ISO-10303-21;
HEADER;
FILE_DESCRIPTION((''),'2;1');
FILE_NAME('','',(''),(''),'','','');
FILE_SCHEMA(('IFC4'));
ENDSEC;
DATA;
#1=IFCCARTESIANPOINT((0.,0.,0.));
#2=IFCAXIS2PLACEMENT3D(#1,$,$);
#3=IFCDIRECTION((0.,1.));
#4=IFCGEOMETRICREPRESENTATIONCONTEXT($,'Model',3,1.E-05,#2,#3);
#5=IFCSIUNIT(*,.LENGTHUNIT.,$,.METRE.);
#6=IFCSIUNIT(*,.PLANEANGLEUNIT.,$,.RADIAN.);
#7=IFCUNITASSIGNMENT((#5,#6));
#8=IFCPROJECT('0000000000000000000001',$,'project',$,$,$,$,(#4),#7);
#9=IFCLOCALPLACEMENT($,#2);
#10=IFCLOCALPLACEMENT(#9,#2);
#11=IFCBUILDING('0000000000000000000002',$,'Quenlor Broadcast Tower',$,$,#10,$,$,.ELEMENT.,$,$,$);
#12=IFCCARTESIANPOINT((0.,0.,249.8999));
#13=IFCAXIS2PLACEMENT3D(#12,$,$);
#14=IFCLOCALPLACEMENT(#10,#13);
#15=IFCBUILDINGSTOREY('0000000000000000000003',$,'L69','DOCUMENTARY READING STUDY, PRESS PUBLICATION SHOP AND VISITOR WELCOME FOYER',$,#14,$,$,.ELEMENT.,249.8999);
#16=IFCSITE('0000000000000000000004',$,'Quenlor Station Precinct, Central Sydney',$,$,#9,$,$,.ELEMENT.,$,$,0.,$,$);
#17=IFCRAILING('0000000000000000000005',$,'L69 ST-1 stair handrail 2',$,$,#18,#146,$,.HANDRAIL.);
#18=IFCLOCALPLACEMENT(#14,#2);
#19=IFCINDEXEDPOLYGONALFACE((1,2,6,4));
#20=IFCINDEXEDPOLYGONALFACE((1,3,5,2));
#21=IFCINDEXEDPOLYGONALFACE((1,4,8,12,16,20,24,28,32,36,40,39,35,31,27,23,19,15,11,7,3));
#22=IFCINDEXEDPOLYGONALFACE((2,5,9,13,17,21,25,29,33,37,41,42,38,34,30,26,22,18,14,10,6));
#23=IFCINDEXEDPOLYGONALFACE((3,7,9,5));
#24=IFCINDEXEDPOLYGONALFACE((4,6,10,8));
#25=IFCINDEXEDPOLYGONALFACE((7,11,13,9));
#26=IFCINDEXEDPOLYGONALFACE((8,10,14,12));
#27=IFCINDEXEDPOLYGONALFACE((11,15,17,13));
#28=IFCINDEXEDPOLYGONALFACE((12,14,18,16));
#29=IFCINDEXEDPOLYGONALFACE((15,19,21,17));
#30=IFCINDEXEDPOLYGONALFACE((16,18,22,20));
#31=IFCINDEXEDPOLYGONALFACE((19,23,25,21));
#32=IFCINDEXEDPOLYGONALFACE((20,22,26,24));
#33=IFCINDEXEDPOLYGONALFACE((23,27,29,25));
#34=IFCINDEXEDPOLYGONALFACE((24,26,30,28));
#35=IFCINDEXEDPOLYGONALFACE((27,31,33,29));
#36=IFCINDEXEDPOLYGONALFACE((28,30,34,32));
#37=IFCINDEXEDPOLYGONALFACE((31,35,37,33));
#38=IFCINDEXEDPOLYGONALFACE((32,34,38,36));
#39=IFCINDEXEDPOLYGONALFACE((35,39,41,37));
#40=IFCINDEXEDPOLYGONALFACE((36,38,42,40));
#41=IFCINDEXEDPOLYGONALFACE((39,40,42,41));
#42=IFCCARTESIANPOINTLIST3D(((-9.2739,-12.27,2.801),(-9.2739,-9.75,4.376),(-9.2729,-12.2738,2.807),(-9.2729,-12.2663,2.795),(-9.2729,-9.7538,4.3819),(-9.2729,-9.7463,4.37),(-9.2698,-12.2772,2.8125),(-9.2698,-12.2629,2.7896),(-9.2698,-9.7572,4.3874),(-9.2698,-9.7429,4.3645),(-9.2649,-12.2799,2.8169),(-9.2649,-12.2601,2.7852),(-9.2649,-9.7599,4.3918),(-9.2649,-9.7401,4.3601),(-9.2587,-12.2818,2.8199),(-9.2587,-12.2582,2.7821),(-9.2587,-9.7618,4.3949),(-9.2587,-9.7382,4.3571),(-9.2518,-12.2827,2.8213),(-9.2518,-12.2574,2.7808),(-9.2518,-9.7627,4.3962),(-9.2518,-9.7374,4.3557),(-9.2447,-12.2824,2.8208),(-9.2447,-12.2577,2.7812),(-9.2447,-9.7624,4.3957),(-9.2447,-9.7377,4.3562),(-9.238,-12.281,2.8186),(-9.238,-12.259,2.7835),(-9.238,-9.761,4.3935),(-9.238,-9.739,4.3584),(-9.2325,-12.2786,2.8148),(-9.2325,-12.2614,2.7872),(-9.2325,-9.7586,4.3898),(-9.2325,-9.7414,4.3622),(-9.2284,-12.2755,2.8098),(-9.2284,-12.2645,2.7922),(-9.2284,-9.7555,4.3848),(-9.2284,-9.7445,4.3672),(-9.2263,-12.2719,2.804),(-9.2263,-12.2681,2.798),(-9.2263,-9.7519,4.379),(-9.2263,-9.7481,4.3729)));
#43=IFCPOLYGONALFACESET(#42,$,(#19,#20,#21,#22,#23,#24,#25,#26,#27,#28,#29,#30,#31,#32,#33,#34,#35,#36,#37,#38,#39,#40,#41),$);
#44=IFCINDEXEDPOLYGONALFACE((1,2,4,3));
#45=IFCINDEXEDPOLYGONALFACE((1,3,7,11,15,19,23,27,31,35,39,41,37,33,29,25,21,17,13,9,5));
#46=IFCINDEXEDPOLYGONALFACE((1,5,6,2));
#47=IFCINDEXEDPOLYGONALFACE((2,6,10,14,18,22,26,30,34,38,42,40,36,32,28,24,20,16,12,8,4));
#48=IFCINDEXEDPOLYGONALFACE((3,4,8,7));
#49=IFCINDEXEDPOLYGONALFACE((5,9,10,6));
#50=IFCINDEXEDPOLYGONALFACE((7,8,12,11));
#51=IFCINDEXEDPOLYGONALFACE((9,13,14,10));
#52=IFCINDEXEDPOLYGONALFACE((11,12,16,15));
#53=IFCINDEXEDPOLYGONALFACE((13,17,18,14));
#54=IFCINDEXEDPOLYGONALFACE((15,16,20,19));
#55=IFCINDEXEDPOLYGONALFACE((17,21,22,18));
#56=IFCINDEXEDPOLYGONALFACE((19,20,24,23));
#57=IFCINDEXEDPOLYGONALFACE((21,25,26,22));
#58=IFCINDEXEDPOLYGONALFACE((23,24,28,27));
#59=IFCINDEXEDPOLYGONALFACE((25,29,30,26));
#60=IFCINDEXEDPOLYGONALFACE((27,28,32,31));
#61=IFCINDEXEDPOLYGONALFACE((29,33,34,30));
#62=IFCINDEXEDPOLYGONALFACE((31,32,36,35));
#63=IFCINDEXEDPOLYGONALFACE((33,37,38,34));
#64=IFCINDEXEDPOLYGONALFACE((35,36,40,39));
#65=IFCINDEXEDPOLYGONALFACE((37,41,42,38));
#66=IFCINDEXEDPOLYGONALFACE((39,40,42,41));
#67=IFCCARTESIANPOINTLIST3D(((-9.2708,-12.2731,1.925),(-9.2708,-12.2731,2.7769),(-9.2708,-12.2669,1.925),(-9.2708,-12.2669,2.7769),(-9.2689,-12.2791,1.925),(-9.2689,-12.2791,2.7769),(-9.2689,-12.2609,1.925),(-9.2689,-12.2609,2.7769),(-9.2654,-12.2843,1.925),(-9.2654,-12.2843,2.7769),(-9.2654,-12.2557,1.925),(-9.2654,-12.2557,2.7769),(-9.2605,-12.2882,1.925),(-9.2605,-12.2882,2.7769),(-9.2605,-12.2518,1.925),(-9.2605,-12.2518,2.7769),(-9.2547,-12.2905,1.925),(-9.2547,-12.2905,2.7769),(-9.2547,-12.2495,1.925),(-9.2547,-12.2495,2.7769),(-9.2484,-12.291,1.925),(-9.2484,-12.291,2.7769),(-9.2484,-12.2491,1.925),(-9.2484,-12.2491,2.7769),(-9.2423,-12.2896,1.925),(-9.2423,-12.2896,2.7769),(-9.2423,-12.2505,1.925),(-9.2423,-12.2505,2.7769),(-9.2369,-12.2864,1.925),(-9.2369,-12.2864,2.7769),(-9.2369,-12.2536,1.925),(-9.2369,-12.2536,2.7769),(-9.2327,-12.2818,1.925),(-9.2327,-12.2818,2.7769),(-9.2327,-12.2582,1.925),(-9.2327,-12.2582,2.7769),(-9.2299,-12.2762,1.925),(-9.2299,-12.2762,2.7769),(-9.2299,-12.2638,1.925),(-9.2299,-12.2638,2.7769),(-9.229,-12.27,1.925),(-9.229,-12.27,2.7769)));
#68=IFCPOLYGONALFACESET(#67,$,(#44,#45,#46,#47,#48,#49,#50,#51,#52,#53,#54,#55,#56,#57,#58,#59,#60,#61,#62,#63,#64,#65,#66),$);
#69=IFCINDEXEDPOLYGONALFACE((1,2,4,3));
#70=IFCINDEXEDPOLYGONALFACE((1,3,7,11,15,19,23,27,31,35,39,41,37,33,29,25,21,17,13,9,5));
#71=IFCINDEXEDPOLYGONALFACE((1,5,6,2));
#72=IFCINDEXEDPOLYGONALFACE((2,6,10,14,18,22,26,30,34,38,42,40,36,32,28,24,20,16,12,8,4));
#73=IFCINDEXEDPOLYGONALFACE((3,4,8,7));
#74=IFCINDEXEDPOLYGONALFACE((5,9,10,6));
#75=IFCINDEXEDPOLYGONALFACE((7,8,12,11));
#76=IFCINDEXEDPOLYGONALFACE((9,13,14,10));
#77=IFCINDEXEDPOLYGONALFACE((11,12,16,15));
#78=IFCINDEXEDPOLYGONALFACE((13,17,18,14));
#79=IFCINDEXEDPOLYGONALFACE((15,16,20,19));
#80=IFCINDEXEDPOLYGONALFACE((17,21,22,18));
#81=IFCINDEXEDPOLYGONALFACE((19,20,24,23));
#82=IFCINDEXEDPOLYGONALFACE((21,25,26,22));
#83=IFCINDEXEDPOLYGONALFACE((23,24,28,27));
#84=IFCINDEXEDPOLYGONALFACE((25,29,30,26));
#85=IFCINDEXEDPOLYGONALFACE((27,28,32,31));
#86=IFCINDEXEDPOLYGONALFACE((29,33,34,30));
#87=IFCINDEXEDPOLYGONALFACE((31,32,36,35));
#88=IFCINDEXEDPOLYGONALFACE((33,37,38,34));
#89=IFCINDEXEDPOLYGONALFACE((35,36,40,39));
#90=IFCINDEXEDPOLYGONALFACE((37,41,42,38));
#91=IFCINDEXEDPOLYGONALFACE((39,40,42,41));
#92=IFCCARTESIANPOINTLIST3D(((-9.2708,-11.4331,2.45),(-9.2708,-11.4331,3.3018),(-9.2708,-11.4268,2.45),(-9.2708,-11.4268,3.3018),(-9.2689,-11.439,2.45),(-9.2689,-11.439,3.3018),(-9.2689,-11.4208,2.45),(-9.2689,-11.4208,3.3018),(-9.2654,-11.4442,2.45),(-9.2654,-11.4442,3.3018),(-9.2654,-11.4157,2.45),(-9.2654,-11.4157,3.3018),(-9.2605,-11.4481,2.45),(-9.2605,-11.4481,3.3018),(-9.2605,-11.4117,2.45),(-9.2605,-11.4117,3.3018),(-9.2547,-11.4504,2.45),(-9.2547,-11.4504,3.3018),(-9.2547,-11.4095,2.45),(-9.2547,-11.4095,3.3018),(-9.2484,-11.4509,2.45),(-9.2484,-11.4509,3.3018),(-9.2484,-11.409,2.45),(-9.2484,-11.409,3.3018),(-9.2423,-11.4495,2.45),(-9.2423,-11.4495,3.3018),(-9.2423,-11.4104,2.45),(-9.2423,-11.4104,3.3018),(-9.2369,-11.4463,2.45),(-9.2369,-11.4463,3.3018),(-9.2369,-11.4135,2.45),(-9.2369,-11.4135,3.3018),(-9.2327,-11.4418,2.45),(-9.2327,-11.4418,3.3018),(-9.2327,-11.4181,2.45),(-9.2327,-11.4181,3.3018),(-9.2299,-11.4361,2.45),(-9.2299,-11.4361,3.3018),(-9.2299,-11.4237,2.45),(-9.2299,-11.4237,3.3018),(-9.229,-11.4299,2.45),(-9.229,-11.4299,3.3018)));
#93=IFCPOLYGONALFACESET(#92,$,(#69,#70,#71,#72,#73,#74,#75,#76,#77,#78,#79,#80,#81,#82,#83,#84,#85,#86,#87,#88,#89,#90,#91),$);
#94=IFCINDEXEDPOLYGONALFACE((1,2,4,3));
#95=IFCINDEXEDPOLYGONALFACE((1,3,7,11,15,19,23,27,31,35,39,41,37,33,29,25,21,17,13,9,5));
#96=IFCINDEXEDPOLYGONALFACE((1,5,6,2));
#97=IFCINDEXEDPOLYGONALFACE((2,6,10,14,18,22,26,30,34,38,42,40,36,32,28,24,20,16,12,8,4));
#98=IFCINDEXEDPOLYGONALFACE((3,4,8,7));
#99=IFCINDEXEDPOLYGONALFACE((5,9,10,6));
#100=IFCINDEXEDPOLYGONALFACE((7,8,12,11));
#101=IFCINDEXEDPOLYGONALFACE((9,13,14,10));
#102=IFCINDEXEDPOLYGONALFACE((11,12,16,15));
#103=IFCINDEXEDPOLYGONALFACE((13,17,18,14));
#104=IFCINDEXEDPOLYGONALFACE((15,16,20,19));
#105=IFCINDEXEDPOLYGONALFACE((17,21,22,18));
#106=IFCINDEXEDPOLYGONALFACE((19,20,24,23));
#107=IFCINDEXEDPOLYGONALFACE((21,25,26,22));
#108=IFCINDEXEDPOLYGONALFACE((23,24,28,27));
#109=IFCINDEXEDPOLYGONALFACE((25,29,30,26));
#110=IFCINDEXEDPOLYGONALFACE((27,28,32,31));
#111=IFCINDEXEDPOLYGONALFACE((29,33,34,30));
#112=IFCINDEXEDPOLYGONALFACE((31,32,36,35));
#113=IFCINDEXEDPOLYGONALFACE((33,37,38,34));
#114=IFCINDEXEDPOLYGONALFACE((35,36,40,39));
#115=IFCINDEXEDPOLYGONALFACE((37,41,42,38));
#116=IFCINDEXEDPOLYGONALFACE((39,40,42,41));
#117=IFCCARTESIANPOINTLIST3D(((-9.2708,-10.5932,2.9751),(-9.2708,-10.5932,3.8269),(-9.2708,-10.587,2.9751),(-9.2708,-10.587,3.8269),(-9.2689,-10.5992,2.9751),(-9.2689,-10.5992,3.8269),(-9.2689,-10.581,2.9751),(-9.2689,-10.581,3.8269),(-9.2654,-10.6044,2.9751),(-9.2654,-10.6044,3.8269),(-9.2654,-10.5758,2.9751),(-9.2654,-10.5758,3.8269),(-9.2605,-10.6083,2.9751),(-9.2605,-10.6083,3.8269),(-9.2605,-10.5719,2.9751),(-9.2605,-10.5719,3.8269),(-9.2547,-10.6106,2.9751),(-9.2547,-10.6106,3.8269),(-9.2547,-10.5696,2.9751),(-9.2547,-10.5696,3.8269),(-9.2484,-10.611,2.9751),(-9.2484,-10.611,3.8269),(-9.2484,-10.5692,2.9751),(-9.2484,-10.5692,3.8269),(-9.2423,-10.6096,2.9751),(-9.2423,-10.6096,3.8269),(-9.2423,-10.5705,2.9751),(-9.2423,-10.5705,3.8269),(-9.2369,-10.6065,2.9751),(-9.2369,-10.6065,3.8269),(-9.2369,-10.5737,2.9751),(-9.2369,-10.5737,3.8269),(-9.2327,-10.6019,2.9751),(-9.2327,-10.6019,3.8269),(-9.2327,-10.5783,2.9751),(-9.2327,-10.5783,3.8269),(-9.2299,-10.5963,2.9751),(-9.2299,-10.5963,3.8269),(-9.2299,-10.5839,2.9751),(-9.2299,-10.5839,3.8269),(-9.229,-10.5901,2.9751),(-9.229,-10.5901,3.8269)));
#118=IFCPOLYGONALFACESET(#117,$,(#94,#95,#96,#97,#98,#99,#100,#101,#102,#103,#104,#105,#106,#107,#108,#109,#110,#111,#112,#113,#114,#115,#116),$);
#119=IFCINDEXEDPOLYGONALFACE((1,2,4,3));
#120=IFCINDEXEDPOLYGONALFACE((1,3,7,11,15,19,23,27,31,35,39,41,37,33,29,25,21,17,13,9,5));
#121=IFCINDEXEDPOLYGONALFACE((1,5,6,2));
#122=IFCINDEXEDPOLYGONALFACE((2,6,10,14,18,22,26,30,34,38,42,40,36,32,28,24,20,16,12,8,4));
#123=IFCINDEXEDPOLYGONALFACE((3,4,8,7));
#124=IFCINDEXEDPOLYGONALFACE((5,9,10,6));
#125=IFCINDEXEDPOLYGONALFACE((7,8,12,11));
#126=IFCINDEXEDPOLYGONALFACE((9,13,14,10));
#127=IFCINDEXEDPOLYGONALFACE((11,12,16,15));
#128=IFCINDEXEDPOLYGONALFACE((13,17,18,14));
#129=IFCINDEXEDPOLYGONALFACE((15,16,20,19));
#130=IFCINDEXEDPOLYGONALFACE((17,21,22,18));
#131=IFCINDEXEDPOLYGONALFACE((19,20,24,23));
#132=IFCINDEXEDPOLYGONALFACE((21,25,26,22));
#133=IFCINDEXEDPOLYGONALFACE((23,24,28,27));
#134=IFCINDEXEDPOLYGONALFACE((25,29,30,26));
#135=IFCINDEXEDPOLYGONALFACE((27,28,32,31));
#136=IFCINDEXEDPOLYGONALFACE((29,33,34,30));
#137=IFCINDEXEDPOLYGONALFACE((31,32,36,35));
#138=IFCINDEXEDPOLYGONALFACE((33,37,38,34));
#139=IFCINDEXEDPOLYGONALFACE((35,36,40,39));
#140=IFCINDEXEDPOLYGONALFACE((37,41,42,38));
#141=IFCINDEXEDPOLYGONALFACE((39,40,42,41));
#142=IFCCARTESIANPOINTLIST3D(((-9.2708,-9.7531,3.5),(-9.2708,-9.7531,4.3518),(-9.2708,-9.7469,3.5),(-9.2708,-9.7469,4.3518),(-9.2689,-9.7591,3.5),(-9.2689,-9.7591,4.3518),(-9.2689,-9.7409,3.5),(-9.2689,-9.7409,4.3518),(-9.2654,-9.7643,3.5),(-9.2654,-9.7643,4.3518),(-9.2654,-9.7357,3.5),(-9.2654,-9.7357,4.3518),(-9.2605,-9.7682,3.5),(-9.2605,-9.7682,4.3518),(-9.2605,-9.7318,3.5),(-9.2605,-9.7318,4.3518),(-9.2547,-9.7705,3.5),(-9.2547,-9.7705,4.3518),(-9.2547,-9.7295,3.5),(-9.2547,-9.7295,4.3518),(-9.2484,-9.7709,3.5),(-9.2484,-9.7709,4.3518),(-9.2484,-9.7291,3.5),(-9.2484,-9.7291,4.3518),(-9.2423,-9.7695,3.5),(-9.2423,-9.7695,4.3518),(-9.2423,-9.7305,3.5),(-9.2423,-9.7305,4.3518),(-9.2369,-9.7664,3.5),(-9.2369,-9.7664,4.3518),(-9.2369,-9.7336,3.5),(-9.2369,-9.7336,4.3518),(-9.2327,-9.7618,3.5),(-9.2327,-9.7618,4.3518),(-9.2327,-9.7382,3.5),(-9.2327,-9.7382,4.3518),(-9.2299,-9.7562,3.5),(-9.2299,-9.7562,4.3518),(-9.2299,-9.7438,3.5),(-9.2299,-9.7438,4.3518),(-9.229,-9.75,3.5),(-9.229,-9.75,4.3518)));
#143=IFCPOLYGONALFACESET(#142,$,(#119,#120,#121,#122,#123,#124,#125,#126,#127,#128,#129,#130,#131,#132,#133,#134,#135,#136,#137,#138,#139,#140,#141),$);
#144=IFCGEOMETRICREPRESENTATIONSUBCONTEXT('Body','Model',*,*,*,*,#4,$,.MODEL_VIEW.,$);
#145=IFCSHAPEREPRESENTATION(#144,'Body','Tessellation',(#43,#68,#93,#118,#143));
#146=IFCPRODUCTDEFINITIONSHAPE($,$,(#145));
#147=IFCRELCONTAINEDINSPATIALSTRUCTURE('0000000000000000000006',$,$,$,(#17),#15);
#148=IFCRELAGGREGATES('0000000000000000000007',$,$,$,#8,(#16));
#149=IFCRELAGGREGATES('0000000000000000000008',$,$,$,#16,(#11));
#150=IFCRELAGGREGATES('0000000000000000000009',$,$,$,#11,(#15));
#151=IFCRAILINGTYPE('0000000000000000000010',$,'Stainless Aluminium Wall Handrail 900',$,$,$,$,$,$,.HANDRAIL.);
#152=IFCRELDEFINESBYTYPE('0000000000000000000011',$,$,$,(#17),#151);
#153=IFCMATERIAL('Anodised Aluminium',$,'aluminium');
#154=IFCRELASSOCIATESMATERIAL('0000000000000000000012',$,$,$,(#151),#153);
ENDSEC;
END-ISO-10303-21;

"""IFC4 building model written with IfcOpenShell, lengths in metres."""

from ifc_helpers import new_model, si_unit, direction, frame, origin, origin_2d, place, context, subcontext, project, spatial, circle, extrude, material, type_object, element, save


model = new_model("IFC4")

# Units and contexts
model_context = context("Model", 3, precision=1e-05, world=origin(), true_north=direction((0.0, 1.0)))
body_context = subcontext(model_context, "Body", "Model", "MODEL_VIEW")
ifc_project = project(units=[si_unit("LENGTHUNIT", "METRE"), si_unit("PLANEANGLEUNIT", "RADIAN")], contexts=[model_context])

# Site, building, storey
site_placement = place(None, origin())
site = spatial("IfcSite", under=ifc_project, at=site_placement, Name="Quenlor Station Precinct, Central Sydney", CompositionType="ELEMENT", RefElevation=0.0)
building_placement = place(site_placement, origin())
building = spatial("IfcBuilding", under=site, at=building_placement, Name="Quenlor Broadcast Tower", CompositionType="ELEMENT")
storey_placement = place(building_placement, frame((0.0, 0.0, 249.8999)))
storey = spatial("IfcBuildingStorey", under=building, at=storey_placement, Name="L69", Description="DOCUMENTARY READING STUDY, PRESS PUBLICATION SHOP AND VISITOR WELCOME FOYER", CompositionType="ELEMENT", Elevation=249.8999)

# Railing
ifc_material_1 = material(Name="Anodised Aluminium", Category="aluminium")
railing_type_1 = type_object("IfcRailingType", Name="Stainless Aluminium Wall Handrail 900", PredefinedType="HANDRAIL", material=ifc_material_1)
railing_1_placement = place(storey_placement, frame((-9.25, -12.27, 1.925)))
element("IfcRailing", 1, at=railing_1_placement, inside=storey, type_object=railing_type_1, Name="L69 ST-1 stair handrail 2", PredefinedType="HANDRAIL", context=body_context, shape_type="SweptSolid", body=[
    extrude(circle(Radius=0.0239, at=origin_2d()), frame((0.0, 0.0, 0.876), z_axis=(0.0, 0.848008, 0.529984), x_axis=(-1.0, 0.0, 0.0)), (0.0, 0.0, 1.0), 2.9717),
    extrude(circle(Radius=0.021, at=origin_2d()), origin(), (0.0, 0.0, 1.0), 0.8518),
    extrude(circle(Radius=0.021, at=origin_2d()), frame((0.0, 0.8401, 0.5249)), (0.0, 0.0, 1.0), 0.8518),
    extrude(circle(Radius=0.021, at=origin_2d()), frame((0.0, 1.6799, 1.05)), (0.0, 0.0, 1.0), 0.8518),
    extrude(circle(Radius=0.021, at=origin_2d()), frame((0.0, 2.52, 1.575)), (0.0, 0.0, 1.0), 0.8518),
])

save(model, "model.ifc")
